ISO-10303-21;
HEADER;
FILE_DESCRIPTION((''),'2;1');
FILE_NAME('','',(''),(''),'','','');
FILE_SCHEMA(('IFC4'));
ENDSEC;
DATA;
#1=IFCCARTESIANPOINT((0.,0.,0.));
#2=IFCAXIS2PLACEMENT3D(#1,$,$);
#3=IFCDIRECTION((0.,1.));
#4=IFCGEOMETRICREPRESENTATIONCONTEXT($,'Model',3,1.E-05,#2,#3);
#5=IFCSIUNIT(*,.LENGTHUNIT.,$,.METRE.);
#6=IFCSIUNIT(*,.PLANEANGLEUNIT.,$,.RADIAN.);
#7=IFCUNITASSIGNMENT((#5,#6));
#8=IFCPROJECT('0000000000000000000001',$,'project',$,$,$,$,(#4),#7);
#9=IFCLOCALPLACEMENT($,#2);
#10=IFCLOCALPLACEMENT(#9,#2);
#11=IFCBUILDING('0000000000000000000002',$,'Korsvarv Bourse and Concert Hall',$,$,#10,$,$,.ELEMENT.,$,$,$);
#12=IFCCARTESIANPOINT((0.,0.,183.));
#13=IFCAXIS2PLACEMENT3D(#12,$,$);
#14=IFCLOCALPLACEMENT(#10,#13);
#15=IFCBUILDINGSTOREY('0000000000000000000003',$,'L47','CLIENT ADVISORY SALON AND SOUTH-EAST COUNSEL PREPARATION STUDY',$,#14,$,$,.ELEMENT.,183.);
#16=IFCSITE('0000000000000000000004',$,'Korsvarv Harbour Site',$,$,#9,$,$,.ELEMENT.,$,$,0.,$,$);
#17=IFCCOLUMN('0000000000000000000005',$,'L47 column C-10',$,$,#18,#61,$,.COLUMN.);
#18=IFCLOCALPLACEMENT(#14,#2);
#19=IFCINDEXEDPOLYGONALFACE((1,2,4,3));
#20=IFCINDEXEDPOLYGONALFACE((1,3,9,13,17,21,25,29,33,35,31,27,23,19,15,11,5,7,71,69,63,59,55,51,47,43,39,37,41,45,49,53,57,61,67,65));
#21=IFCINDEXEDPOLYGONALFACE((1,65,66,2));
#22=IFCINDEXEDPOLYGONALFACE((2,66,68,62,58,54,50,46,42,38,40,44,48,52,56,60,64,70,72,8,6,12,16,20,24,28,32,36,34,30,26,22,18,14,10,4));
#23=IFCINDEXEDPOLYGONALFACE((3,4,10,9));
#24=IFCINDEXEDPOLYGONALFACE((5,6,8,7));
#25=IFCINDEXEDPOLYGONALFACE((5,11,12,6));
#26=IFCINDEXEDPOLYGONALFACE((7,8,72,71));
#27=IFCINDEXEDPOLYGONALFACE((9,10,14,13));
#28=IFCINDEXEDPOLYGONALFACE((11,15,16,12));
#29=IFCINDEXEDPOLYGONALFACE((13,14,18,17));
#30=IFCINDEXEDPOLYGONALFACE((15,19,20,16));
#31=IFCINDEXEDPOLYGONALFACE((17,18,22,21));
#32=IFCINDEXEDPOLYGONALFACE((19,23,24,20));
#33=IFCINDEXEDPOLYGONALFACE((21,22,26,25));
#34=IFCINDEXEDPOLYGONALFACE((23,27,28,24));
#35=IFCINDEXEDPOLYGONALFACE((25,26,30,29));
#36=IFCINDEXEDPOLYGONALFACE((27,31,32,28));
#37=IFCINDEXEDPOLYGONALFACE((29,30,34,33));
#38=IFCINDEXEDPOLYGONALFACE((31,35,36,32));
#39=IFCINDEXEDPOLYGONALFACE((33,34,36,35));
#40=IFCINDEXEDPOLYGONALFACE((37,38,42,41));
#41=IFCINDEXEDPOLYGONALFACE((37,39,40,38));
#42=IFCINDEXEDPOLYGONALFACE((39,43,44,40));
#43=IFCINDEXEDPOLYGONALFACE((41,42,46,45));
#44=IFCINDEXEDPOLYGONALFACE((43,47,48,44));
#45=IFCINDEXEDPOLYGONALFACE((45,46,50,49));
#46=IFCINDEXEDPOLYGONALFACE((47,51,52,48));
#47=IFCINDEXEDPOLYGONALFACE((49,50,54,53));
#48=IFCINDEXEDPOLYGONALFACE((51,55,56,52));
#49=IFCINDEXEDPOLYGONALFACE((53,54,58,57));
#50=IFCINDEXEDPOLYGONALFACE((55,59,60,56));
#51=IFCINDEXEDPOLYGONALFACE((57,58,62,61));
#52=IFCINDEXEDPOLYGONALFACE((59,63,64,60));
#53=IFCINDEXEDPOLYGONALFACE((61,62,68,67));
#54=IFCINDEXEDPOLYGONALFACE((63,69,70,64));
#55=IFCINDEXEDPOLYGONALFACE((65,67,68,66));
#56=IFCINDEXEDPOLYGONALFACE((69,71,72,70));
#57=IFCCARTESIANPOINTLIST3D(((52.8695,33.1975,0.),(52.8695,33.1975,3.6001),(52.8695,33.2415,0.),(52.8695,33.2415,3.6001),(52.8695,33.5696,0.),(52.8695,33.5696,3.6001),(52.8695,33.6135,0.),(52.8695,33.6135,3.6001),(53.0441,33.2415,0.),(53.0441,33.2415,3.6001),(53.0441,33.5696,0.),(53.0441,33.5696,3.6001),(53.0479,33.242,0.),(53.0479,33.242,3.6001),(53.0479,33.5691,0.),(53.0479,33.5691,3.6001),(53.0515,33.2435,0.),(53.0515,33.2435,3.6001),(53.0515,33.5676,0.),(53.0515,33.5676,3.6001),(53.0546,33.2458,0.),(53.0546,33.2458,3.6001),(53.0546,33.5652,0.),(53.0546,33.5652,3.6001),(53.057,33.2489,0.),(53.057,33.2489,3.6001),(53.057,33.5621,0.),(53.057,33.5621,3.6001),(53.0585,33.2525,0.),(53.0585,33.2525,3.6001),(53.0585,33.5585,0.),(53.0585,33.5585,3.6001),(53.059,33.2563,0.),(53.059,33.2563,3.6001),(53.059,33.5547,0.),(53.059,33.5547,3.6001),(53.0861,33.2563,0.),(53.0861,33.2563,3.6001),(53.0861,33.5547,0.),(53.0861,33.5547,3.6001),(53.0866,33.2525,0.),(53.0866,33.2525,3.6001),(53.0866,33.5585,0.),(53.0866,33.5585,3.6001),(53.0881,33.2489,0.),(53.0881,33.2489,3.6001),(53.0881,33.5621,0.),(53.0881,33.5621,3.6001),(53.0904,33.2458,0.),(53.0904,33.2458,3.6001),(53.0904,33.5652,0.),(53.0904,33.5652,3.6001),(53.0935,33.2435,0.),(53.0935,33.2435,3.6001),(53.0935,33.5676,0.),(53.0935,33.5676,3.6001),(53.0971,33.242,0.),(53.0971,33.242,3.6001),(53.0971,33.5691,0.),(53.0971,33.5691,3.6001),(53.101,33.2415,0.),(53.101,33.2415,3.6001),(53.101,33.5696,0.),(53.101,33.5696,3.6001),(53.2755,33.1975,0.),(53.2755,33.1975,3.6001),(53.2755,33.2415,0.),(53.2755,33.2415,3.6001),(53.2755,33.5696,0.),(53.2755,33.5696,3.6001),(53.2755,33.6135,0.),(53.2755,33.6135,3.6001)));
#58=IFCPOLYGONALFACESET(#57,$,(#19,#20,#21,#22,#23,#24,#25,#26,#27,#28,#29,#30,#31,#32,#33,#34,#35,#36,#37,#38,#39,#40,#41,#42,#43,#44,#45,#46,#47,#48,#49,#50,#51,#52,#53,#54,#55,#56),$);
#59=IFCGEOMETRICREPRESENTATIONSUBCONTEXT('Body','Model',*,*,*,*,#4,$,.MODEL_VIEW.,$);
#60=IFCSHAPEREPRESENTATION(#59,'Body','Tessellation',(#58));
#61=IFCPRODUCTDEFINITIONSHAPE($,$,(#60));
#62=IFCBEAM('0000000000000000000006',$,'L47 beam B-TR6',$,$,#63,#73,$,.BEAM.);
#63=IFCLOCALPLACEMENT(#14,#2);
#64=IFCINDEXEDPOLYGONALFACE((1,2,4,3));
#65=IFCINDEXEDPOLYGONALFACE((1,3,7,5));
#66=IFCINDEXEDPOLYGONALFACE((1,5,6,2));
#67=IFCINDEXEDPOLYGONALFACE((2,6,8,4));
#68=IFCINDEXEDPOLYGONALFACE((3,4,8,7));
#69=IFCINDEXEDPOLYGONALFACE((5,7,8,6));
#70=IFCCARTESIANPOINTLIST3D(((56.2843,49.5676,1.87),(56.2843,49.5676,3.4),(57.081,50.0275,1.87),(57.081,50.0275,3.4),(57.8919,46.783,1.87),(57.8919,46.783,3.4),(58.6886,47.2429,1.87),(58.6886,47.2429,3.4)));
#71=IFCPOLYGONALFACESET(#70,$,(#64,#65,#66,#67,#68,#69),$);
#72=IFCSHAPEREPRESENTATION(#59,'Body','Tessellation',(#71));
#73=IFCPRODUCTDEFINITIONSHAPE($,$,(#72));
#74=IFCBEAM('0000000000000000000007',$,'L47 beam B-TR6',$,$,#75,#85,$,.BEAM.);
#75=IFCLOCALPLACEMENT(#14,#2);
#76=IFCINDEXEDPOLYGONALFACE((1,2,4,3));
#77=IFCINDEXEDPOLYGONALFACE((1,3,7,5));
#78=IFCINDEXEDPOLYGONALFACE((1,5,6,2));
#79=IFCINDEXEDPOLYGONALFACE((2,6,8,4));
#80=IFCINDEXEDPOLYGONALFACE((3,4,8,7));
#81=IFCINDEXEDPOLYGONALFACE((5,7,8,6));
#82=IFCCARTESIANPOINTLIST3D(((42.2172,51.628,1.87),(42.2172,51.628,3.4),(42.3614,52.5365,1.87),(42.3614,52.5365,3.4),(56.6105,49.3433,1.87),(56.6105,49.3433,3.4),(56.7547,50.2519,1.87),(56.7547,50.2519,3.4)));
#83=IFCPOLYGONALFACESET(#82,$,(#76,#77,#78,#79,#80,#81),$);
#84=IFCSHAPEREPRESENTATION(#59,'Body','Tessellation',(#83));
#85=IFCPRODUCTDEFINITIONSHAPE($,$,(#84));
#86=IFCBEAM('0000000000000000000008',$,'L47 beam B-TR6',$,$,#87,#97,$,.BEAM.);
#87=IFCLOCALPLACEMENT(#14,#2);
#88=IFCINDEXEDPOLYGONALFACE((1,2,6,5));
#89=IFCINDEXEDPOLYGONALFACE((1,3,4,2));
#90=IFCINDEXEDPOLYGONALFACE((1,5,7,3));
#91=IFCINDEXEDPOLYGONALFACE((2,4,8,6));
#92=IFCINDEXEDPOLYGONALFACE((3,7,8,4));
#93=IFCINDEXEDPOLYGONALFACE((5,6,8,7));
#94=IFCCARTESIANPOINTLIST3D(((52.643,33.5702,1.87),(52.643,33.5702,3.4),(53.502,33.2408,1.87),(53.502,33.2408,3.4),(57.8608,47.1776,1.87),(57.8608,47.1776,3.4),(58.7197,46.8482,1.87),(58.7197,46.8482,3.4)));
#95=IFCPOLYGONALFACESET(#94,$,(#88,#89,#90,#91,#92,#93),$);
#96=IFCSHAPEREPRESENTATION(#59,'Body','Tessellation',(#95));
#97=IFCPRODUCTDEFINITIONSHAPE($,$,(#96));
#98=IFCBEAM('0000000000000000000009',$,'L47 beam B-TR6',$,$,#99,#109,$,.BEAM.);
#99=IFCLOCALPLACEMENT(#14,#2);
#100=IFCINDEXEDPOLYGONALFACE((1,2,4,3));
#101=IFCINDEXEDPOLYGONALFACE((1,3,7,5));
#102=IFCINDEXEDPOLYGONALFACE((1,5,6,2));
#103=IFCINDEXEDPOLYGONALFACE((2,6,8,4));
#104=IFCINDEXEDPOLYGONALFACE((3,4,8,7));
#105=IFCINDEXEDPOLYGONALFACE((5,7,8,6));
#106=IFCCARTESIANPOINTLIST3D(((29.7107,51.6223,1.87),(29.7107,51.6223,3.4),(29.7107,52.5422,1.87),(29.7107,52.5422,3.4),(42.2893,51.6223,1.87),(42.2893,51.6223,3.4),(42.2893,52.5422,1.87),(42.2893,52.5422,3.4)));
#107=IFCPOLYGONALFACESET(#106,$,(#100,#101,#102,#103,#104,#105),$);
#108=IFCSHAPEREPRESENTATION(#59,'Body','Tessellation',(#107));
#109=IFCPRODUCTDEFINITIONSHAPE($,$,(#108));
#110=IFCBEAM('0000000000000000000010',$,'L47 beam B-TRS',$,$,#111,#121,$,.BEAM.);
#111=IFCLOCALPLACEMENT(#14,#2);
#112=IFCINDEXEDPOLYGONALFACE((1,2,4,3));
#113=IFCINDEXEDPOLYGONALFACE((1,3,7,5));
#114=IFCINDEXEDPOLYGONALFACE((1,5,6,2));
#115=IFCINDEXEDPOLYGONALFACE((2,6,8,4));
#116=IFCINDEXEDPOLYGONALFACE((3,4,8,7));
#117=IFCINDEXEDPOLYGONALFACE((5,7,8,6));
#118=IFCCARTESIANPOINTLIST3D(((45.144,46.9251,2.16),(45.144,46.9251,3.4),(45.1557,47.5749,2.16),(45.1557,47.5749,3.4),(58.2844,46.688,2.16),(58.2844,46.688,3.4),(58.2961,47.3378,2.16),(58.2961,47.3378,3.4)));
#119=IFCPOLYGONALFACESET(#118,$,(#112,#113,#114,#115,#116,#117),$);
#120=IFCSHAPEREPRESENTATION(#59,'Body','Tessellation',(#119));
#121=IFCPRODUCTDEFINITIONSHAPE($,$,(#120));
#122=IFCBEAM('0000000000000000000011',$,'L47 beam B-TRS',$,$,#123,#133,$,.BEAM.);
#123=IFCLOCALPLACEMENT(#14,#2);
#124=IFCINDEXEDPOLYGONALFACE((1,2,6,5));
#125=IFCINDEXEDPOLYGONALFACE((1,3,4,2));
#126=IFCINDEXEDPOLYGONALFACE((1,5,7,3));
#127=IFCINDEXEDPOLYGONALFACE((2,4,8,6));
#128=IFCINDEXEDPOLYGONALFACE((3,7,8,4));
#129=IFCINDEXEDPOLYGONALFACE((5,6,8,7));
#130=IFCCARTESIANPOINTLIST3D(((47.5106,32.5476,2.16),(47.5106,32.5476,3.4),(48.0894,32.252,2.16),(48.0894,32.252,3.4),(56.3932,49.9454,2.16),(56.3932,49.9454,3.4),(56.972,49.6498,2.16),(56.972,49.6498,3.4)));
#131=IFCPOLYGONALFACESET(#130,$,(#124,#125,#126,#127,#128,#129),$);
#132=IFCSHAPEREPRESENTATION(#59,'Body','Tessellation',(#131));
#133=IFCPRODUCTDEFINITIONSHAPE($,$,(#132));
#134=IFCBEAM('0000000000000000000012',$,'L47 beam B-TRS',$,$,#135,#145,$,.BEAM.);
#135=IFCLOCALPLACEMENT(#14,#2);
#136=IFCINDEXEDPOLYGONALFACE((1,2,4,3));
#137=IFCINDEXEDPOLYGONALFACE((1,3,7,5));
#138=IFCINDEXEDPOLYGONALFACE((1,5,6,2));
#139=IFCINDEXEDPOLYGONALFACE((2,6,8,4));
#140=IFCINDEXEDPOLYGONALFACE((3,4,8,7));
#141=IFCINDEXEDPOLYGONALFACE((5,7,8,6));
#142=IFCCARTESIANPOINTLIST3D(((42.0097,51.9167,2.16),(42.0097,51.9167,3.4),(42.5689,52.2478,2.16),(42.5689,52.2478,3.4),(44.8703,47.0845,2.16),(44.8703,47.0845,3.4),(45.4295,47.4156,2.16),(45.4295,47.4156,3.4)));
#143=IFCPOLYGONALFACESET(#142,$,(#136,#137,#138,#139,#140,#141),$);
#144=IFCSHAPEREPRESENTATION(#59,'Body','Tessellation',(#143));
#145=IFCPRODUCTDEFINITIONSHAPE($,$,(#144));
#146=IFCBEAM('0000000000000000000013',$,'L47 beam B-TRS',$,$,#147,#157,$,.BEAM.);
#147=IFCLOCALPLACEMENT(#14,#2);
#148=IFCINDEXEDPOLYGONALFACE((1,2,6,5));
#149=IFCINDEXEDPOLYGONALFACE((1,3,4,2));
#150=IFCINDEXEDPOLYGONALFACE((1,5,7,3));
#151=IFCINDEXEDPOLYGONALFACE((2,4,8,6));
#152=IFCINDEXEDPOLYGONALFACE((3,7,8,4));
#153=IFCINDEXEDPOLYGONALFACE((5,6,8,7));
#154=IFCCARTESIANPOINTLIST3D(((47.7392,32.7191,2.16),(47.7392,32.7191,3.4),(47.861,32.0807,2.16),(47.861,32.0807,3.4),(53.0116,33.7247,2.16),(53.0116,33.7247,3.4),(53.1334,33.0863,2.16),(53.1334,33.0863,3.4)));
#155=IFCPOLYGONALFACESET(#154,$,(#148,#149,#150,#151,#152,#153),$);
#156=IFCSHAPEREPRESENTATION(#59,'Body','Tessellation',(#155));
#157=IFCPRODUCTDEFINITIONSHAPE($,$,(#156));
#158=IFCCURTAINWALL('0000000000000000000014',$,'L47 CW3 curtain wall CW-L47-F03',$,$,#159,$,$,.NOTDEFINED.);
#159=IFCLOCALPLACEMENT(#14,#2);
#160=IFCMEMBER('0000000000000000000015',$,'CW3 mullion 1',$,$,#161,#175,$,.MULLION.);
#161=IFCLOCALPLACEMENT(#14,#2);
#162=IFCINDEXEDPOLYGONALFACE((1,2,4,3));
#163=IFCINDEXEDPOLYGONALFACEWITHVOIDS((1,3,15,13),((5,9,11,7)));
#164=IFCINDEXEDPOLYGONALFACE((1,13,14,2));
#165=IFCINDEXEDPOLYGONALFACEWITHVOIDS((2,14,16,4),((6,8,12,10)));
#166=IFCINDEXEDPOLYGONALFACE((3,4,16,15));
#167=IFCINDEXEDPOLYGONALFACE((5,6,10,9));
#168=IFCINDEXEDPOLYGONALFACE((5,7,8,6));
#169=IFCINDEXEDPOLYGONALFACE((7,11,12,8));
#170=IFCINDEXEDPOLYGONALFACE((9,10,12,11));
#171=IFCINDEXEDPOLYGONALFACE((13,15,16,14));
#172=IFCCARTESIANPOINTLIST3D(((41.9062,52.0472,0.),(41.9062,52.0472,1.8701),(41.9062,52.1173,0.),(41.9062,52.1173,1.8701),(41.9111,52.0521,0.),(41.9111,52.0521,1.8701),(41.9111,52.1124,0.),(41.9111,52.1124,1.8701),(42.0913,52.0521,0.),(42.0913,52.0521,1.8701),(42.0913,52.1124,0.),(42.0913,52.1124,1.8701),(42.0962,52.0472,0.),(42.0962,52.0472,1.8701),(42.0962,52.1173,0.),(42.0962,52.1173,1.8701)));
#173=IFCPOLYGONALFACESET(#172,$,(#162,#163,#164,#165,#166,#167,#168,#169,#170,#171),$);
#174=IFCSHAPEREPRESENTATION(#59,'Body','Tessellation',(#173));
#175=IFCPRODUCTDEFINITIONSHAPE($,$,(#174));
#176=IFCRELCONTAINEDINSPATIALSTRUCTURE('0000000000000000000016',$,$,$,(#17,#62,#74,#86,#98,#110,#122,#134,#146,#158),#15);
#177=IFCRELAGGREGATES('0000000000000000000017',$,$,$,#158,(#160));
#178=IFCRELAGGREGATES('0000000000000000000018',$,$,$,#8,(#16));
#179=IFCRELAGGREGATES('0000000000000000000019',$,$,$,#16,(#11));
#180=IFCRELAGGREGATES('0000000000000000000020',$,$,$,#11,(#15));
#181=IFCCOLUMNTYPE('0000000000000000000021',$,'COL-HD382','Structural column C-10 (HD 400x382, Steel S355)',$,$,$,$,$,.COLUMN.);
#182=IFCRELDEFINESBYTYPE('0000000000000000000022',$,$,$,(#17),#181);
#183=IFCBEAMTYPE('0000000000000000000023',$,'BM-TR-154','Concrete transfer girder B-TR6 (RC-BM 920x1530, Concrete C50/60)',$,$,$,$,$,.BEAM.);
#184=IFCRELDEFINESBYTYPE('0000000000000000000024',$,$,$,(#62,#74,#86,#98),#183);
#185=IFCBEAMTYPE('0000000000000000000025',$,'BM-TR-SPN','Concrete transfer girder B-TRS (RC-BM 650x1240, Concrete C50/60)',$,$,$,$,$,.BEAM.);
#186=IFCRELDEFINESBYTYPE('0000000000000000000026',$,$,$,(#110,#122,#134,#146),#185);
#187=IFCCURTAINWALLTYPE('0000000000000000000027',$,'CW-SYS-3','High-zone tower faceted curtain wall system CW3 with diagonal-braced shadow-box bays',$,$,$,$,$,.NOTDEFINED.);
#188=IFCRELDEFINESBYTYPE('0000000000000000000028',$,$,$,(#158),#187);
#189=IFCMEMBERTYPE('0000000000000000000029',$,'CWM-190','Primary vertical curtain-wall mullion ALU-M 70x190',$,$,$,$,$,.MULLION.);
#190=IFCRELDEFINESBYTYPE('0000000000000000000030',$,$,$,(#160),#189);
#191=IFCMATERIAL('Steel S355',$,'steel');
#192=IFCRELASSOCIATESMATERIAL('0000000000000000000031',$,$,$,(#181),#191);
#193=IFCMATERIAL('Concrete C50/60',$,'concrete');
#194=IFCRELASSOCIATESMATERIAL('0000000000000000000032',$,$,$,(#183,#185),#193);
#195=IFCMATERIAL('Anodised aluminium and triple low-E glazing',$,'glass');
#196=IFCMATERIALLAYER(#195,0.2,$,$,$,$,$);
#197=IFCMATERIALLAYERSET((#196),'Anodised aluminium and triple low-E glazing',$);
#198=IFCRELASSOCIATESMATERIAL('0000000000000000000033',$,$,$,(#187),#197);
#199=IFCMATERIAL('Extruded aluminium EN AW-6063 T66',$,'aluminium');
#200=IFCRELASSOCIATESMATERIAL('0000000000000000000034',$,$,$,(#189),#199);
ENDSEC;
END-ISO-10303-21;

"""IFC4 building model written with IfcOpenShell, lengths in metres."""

from ifc_helpers import new_model, si_unit, direction, frame, origin, origin_2d, place, context, subcontext, project, spatial, rectangle, hollow_rectangle, i_section, extrude, source, transform, mapped, material, layer, layer_set, material_profile, profile_set, type_object, element, aggregate, save


model = new_model("IFC4")

# Units and contexts
model_context = context("Model", 3, precision=1e-05, world=origin(), true_north=direction((0.0, 1.0)))
body_context = subcontext(model_context, "Body", "Model", "MODEL_VIEW")
ifc_project = project(units=[si_unit("LENGTHUNIT", "METRE"), si_unit("PLANEANGLEUNIT", "RADIAN")], contexts=[model_context])

# Site, building, storey
site_placement = place(None, origin())
site = spatial("IfcSite", under=ifc_project, at=site_placement, Name="Korsvarv Harbour Site", CompositionType="ELEMENT", RefElevation=0.0)
building_placement = place(site_placement, origin())
building = spatial("IfcBuilding", under=site, at=building_placement, Name="Korsvarv Bourse and Concert Hall", CompositionType="ELEMENT")
storey_placement = place(building_placement, frame((0.0, 0.0, 183.0)))
storey = spatial("IfcBuildingStorey", under=building, at=storey_placement, Name="L47", Description="CLIENT ADVISORY SALON AND SOUTH-EAST COUNSEL PREPARATION STUDY", CompositionType="ELEMENT", Elevation=183.0)

# Column
ifc_material_1 = material(Name="Steel S355", Category="steel")
ifc_material_profile_1 = material_profile(ifc_material_1, i_section(OverallWidth=0.406, OverallDepth=0.416, WebThickness=0.0271, FlangeThickness=0.0439, FilletRadius=0.0149, at=origin_2d()), Name="HD 400x382")
ifc_profile_set_1 = profile_set([ifc_material_profile_1], Name="Steel S355")
column_type_1 = type_object("IfcColumnType", Name="COL-HD382", Description="Structural column C-10 (HD 400x382, Steel S355)", PredefinedType="COLUMN", material=ifc_profile_set_1)
shared_shape_1 = source(origin(), body_context, "Body", "SweptSolid", [
    extrude(i_section(OverallWidth=0.406, OverallDepth=0.416, WebThickness=0.0271, FlangeThickness=0.0439, FilletRadius=0.0149, at=origin_2d()), origin(), (0.0, 0.0, 1.0), 3.6001),
])
for number, where, z_axis, x_axis, name in (
    (1, (53.0725, 33.4055, 0.0), (0.0, 0.0, 1.0), (1.0, 0.0, 0.0), "L47 column C-10"),
):
    element("IfcColumn", number, at=place(storey_placement, frame(where, z_axis=z_axis, x_axis=x_axis)), inside=storey, type_object=column_type_1, Name=name, PredefinedType="COLUMN", context=body_context, shape_type="MappedRepresentation", body=[
        mapped(shared_shape_1, transform((0.0, 0.0, 0.0), scale=1.0)),
    ])

# Beams
ifc_material_2 = material(Name="Concrete C50/60", Category="concrete")
ifc_material_profile_2 = material_profile(ifc_material_2, rectangle(XDim=0.9199, YDim=1.53, at=origin_2d()), Name="RC-BM 920x1530")
ifc_profile_set_2 = profile_set([ifc_material_profile_2], Name="Concrete C50/60")
beam_type_1 = type_object("IfcBeamType", Name="BM-TR-154", Description="Concrete transfer girder B-TR6 (RC-BM 920x1530, Concrete C50/60)", PredefinedType="BEAM", material=ifc_profile_set_2)
shared_shape_2 = source(origin(), body_context, "Body", "SweptSolid", [
    extrude(rectangle(XDim=0.9199, YDim=1.53, at=origin_2d()), origin(), (0.0, 0.0, 1.0), 3.2153),
])
beam_1_placement = place(storey_placement, frame((58.2903, 47.0129, 2.635), z_axis=(-0.499985, 0.866034, 0.0), x_axis=(-0.866034, -0.499985, 0.0)))
element("IfcBeam", 2, at=beam_1_placement, inside=storey, type_object=beam_type_1, Name="L47 beam B-TR6", PredefinedType="BEAM", context=body_context, shape_type="MappedRepresentation", body=[
    mapped(shared_shape_2, transform((0.0, 0.0, 0.0), scale=1.0)),
])
shared_shape_3 = source(origin(), body_context, "Body", "SweptSolid", [
    extrude(rectangle(XDim=0.9199, YDim=1.53, at=origin_2d()), origin(), (0.0, 0.0, 1.0), 14.5735),
])
for number, where, z_axis, x_axis, name in (
    (3, (56.6826, 49.7976, 2.635), (-0.987635, 0.156769, 0.0), (-0.156769, -0.987635, 0.0), "L47 beam B-TR6"),
    (4, (53.0725, 33.4055, 2.635), (0.358031, 0.93371, 0.0), (-0.93371, 0.358031, 0.0), "L47 beam B-TR6"),
):
    element("IfcBeam", number, at=place(storey_placement, frame(where, z_axis=z_axis, x_axis=x_axis)), inside=storey, type_object=beam_type_1, Name=name, PredefinedType="BEAM", context=body_context, shape_type="MappedRepresentation", body=[
        mapped(shared_shape_3, transform((0.0, 0.0, 0.0), scale=1.0)),
    ])
shared_shape_4 = source(origin(), body_context, "Body", "SweptSolid", [
    extrude(rectangle(XDim=0.9199, YDim=1.53, at=origin_2d()), origin(), (0.0, 0.0, 1.0), 12.5786),
])
beam_2_placement = place(storey_placement, frame((42.2893, 52.0823, 2.635), z_axis=(-1.0, 0.0, 0.0), x_axis=(0.0, -1.0, 0.0)))
element("IfcBeam", 5, at=beam_2_placement, inside=storey, type_object=beam_type_1, Name="L47 beam B-TR6", PredefinedType="BEAM", context=body_context, shape_type="MappedRepresentation", body=[
    mapped(shared_shape_4, transform((0.0, 0.0, 0.0), scale=1.0)),
])
ifc_material_profile_3 = material_profile(ifc_material_2, rectangle(XDim=0.6499, YDim=1.24, at=origin_2d()), Name="RC-BM 650x1240")
ifc_profile_set_3 = profile_set([ifc_material_profile_3], Name="Concrete C50/60")
beam_type_2 = type_object("IfcBeamType", Name="BM-TR-SPN", Description="Concrete transfer girder B-TRS (RC-BM 650x1240, Concrete C50/60)", PredefinedType="BEAM", material=ifc_profile_set_3)
shared_shape_5 = source(origin(), body_context, "Body", "SweptSolid", [
    extrude(rectangle(XDim=0.6499, YDim=1.24, at=origin_2d()), origin(), (0.0, 0.0, 1.0), 13.1426),
])
beam_3_placement = place(storey_placement, frame((58.2903, 47.0129, 2.78), z_axis=(-0.999837, 0.018038, 0.0), x_axis=(-0.018038, -0.999837, 0.0)))
element("IfcBeam", 6, at=beam_3_placement, inside=storey, type_object=beam_type_2, Name="L47 beam B-TRS", PredefinedType="BEAM", context=body_context, shape_type="MappedRepresentation", body=[
    mapped(shared_shape_5, transform((0.0, 0.0, 0.0), scale=1.0)),
])
shared_shape_6 = source(origin(), body_context, "Body", "SweptSolid", [
    extrude(rectangle(XDim=0.6499, YDim=1.24, at=origin_2d()), origin(), (0.0, 0.0, 1.0), 19.5342),
])
beam_4_placement = place(storey_placement, frame((56.6826, 49.7976, 2.78), z_axis=(-0.454722, -0.890634, 0.0), x_axis=(0.890634, -0.454722, 0.0)))
element("IfcBeam", 7, at=beam_4_placement, inside=storey, type_object=beam_type_2, Name="L47 beam B-TRS", PredefinedType="BEAM", context=body_context, shape_type="MappedRepresentation", body=[
    mapped(shared_shape_6, transform((0.0, 0.0, 0.0), scale=1.0)),
])
shared_shape_7 = source(origin(), body_context, "Body", "SweptSolid", [
    extrude(rectangle(XDim=0.6499, YDim=1.24, at=origin_2d()), origin(), (0.0, 0.0, 1.0), 5.6155),
])
beam_5_placement = place(storey_placement, frame((42.2893, 52.0823, 2.78), z_axis=(0.50941, -0.860524, 0.0), x_axis=(0.860524, 0.50941, 0.0)))
element("IfcBeam", 8, at=beam_5_placement, inside=storey, type_object=beam_type_2, Name="L47 beam B-TRS", PredefinedType="BEAM", context=body_context, shape_type="MappedRepresentation", body=[
    mapped(shared_shape_7, transform((0.0, 0.0, 0.0), scale=1.0)),
])
shared_shape_8 = source(origin(), body_context, "Body", "SweptSolid", [
    extrude(rectangle(XDim=0.6499, YDim=1.24, at=origin_2d()), origin(), (0.0, 0.0, 1.0), 5.3674),
])
beam_6_placement = place(storey_placement, frame((53.0725, 33.4055, 2.78), z_axis=(-0.982293, -0.187352, 0.0), x_axis=(0.187352, -0.982293, 0.0)))
element("IfcBeam", 9, at=beam_6_placement, inside=storey, type_object=beam_type_2, Name="L47 beam B-TRS", PredefinedType="BEAM", context=body_context, shape_type="MappedRepresentation", body=[
    mapped(shared_shape_8, transform((0.0, 0.0, 0.0), scale=1.0)),
])

# Curtain wall, member
ifc_material_3 = material(Name="Anodised aluminium and triple low-E glazing", Category="glass")
ifc_layer_1 = layer(ifc_material_3, 0.2)
ifc_layer_set_1 = layer_set([ifc_layer_1], Name="Anodised aluminium and triple low-E glazing")
curtain_wall_type = type_object("IfcCurtainWallType", Name="CW-SYS-3", Description="High-zone tower faceted curtain wall system CW3 with diagonal-braced shadow-box bays", PredefinedType="NOTDEFINED", material=ifc_layer_set_1)
curtain_wall_1_placement = place(storey_placement, origin())
curtain_wall_1 = element("IfcCurtainWall", 10, at=curtain_wall_1_placement, inside=storey, type_object=curtain_wall_type, Name="L47 CW3 curtain wall CW-L47-F03", PredefinedType="NOTDEFINED")
ifc_material_4 = material(Name="Extruded aluminium EN AW-6063 T66", Category="aluminium")
ifc_material_profile_4 = material_profile(ifc_material_4, hollow_rectangle(XDim=0.0701, YDim=0.1899, WallThickness=0.0049, at=origin_2d()), Name="ALU-M 70x190")
ifc_profile_set_4 = profile_set([ifc_material_profile_4], Name="Extruded aluminium EN AW-6063 T66")
member_type_1 = type_object("IfcMemberType", Name="CWM-190", Description="Primary vertical curtain-wall mullion ALU-M 70x190", PredefinedType="MULLION", material=ifc_profile_set_4)
shared_shape_9 = source(origin(), body_context, "Body", "SweptSolid", [
    extrude(hollow_rectangle(XDim=0.0701, YDim=0.1899, WallThickness=0.0049, at=origin_2d()), origin(), (0.0, 0.0, 1.0), 1.8701),
])
member_1_placement = place(storey_placement, frame((42.0012, 52.0823, 0.0), z_axis=(0.0, 0.0, 1.0), x_axis=(0.0, -1.0, 0.0)))
member_1 = element("IfcMember", 11, at=member_1_placement, type_object=member_type_1, Name="CW3 mullion 1", PredefinedType="MULLION", context=body_context, shape_type="MappedRepresentation", body=[
    mapped(shared_shape_9, transform((0.0, 0.0, 0.0), scale=1.0)),
])

aggregate(curtain_wall_1, [member_1])

save(model, "model.ifc")
